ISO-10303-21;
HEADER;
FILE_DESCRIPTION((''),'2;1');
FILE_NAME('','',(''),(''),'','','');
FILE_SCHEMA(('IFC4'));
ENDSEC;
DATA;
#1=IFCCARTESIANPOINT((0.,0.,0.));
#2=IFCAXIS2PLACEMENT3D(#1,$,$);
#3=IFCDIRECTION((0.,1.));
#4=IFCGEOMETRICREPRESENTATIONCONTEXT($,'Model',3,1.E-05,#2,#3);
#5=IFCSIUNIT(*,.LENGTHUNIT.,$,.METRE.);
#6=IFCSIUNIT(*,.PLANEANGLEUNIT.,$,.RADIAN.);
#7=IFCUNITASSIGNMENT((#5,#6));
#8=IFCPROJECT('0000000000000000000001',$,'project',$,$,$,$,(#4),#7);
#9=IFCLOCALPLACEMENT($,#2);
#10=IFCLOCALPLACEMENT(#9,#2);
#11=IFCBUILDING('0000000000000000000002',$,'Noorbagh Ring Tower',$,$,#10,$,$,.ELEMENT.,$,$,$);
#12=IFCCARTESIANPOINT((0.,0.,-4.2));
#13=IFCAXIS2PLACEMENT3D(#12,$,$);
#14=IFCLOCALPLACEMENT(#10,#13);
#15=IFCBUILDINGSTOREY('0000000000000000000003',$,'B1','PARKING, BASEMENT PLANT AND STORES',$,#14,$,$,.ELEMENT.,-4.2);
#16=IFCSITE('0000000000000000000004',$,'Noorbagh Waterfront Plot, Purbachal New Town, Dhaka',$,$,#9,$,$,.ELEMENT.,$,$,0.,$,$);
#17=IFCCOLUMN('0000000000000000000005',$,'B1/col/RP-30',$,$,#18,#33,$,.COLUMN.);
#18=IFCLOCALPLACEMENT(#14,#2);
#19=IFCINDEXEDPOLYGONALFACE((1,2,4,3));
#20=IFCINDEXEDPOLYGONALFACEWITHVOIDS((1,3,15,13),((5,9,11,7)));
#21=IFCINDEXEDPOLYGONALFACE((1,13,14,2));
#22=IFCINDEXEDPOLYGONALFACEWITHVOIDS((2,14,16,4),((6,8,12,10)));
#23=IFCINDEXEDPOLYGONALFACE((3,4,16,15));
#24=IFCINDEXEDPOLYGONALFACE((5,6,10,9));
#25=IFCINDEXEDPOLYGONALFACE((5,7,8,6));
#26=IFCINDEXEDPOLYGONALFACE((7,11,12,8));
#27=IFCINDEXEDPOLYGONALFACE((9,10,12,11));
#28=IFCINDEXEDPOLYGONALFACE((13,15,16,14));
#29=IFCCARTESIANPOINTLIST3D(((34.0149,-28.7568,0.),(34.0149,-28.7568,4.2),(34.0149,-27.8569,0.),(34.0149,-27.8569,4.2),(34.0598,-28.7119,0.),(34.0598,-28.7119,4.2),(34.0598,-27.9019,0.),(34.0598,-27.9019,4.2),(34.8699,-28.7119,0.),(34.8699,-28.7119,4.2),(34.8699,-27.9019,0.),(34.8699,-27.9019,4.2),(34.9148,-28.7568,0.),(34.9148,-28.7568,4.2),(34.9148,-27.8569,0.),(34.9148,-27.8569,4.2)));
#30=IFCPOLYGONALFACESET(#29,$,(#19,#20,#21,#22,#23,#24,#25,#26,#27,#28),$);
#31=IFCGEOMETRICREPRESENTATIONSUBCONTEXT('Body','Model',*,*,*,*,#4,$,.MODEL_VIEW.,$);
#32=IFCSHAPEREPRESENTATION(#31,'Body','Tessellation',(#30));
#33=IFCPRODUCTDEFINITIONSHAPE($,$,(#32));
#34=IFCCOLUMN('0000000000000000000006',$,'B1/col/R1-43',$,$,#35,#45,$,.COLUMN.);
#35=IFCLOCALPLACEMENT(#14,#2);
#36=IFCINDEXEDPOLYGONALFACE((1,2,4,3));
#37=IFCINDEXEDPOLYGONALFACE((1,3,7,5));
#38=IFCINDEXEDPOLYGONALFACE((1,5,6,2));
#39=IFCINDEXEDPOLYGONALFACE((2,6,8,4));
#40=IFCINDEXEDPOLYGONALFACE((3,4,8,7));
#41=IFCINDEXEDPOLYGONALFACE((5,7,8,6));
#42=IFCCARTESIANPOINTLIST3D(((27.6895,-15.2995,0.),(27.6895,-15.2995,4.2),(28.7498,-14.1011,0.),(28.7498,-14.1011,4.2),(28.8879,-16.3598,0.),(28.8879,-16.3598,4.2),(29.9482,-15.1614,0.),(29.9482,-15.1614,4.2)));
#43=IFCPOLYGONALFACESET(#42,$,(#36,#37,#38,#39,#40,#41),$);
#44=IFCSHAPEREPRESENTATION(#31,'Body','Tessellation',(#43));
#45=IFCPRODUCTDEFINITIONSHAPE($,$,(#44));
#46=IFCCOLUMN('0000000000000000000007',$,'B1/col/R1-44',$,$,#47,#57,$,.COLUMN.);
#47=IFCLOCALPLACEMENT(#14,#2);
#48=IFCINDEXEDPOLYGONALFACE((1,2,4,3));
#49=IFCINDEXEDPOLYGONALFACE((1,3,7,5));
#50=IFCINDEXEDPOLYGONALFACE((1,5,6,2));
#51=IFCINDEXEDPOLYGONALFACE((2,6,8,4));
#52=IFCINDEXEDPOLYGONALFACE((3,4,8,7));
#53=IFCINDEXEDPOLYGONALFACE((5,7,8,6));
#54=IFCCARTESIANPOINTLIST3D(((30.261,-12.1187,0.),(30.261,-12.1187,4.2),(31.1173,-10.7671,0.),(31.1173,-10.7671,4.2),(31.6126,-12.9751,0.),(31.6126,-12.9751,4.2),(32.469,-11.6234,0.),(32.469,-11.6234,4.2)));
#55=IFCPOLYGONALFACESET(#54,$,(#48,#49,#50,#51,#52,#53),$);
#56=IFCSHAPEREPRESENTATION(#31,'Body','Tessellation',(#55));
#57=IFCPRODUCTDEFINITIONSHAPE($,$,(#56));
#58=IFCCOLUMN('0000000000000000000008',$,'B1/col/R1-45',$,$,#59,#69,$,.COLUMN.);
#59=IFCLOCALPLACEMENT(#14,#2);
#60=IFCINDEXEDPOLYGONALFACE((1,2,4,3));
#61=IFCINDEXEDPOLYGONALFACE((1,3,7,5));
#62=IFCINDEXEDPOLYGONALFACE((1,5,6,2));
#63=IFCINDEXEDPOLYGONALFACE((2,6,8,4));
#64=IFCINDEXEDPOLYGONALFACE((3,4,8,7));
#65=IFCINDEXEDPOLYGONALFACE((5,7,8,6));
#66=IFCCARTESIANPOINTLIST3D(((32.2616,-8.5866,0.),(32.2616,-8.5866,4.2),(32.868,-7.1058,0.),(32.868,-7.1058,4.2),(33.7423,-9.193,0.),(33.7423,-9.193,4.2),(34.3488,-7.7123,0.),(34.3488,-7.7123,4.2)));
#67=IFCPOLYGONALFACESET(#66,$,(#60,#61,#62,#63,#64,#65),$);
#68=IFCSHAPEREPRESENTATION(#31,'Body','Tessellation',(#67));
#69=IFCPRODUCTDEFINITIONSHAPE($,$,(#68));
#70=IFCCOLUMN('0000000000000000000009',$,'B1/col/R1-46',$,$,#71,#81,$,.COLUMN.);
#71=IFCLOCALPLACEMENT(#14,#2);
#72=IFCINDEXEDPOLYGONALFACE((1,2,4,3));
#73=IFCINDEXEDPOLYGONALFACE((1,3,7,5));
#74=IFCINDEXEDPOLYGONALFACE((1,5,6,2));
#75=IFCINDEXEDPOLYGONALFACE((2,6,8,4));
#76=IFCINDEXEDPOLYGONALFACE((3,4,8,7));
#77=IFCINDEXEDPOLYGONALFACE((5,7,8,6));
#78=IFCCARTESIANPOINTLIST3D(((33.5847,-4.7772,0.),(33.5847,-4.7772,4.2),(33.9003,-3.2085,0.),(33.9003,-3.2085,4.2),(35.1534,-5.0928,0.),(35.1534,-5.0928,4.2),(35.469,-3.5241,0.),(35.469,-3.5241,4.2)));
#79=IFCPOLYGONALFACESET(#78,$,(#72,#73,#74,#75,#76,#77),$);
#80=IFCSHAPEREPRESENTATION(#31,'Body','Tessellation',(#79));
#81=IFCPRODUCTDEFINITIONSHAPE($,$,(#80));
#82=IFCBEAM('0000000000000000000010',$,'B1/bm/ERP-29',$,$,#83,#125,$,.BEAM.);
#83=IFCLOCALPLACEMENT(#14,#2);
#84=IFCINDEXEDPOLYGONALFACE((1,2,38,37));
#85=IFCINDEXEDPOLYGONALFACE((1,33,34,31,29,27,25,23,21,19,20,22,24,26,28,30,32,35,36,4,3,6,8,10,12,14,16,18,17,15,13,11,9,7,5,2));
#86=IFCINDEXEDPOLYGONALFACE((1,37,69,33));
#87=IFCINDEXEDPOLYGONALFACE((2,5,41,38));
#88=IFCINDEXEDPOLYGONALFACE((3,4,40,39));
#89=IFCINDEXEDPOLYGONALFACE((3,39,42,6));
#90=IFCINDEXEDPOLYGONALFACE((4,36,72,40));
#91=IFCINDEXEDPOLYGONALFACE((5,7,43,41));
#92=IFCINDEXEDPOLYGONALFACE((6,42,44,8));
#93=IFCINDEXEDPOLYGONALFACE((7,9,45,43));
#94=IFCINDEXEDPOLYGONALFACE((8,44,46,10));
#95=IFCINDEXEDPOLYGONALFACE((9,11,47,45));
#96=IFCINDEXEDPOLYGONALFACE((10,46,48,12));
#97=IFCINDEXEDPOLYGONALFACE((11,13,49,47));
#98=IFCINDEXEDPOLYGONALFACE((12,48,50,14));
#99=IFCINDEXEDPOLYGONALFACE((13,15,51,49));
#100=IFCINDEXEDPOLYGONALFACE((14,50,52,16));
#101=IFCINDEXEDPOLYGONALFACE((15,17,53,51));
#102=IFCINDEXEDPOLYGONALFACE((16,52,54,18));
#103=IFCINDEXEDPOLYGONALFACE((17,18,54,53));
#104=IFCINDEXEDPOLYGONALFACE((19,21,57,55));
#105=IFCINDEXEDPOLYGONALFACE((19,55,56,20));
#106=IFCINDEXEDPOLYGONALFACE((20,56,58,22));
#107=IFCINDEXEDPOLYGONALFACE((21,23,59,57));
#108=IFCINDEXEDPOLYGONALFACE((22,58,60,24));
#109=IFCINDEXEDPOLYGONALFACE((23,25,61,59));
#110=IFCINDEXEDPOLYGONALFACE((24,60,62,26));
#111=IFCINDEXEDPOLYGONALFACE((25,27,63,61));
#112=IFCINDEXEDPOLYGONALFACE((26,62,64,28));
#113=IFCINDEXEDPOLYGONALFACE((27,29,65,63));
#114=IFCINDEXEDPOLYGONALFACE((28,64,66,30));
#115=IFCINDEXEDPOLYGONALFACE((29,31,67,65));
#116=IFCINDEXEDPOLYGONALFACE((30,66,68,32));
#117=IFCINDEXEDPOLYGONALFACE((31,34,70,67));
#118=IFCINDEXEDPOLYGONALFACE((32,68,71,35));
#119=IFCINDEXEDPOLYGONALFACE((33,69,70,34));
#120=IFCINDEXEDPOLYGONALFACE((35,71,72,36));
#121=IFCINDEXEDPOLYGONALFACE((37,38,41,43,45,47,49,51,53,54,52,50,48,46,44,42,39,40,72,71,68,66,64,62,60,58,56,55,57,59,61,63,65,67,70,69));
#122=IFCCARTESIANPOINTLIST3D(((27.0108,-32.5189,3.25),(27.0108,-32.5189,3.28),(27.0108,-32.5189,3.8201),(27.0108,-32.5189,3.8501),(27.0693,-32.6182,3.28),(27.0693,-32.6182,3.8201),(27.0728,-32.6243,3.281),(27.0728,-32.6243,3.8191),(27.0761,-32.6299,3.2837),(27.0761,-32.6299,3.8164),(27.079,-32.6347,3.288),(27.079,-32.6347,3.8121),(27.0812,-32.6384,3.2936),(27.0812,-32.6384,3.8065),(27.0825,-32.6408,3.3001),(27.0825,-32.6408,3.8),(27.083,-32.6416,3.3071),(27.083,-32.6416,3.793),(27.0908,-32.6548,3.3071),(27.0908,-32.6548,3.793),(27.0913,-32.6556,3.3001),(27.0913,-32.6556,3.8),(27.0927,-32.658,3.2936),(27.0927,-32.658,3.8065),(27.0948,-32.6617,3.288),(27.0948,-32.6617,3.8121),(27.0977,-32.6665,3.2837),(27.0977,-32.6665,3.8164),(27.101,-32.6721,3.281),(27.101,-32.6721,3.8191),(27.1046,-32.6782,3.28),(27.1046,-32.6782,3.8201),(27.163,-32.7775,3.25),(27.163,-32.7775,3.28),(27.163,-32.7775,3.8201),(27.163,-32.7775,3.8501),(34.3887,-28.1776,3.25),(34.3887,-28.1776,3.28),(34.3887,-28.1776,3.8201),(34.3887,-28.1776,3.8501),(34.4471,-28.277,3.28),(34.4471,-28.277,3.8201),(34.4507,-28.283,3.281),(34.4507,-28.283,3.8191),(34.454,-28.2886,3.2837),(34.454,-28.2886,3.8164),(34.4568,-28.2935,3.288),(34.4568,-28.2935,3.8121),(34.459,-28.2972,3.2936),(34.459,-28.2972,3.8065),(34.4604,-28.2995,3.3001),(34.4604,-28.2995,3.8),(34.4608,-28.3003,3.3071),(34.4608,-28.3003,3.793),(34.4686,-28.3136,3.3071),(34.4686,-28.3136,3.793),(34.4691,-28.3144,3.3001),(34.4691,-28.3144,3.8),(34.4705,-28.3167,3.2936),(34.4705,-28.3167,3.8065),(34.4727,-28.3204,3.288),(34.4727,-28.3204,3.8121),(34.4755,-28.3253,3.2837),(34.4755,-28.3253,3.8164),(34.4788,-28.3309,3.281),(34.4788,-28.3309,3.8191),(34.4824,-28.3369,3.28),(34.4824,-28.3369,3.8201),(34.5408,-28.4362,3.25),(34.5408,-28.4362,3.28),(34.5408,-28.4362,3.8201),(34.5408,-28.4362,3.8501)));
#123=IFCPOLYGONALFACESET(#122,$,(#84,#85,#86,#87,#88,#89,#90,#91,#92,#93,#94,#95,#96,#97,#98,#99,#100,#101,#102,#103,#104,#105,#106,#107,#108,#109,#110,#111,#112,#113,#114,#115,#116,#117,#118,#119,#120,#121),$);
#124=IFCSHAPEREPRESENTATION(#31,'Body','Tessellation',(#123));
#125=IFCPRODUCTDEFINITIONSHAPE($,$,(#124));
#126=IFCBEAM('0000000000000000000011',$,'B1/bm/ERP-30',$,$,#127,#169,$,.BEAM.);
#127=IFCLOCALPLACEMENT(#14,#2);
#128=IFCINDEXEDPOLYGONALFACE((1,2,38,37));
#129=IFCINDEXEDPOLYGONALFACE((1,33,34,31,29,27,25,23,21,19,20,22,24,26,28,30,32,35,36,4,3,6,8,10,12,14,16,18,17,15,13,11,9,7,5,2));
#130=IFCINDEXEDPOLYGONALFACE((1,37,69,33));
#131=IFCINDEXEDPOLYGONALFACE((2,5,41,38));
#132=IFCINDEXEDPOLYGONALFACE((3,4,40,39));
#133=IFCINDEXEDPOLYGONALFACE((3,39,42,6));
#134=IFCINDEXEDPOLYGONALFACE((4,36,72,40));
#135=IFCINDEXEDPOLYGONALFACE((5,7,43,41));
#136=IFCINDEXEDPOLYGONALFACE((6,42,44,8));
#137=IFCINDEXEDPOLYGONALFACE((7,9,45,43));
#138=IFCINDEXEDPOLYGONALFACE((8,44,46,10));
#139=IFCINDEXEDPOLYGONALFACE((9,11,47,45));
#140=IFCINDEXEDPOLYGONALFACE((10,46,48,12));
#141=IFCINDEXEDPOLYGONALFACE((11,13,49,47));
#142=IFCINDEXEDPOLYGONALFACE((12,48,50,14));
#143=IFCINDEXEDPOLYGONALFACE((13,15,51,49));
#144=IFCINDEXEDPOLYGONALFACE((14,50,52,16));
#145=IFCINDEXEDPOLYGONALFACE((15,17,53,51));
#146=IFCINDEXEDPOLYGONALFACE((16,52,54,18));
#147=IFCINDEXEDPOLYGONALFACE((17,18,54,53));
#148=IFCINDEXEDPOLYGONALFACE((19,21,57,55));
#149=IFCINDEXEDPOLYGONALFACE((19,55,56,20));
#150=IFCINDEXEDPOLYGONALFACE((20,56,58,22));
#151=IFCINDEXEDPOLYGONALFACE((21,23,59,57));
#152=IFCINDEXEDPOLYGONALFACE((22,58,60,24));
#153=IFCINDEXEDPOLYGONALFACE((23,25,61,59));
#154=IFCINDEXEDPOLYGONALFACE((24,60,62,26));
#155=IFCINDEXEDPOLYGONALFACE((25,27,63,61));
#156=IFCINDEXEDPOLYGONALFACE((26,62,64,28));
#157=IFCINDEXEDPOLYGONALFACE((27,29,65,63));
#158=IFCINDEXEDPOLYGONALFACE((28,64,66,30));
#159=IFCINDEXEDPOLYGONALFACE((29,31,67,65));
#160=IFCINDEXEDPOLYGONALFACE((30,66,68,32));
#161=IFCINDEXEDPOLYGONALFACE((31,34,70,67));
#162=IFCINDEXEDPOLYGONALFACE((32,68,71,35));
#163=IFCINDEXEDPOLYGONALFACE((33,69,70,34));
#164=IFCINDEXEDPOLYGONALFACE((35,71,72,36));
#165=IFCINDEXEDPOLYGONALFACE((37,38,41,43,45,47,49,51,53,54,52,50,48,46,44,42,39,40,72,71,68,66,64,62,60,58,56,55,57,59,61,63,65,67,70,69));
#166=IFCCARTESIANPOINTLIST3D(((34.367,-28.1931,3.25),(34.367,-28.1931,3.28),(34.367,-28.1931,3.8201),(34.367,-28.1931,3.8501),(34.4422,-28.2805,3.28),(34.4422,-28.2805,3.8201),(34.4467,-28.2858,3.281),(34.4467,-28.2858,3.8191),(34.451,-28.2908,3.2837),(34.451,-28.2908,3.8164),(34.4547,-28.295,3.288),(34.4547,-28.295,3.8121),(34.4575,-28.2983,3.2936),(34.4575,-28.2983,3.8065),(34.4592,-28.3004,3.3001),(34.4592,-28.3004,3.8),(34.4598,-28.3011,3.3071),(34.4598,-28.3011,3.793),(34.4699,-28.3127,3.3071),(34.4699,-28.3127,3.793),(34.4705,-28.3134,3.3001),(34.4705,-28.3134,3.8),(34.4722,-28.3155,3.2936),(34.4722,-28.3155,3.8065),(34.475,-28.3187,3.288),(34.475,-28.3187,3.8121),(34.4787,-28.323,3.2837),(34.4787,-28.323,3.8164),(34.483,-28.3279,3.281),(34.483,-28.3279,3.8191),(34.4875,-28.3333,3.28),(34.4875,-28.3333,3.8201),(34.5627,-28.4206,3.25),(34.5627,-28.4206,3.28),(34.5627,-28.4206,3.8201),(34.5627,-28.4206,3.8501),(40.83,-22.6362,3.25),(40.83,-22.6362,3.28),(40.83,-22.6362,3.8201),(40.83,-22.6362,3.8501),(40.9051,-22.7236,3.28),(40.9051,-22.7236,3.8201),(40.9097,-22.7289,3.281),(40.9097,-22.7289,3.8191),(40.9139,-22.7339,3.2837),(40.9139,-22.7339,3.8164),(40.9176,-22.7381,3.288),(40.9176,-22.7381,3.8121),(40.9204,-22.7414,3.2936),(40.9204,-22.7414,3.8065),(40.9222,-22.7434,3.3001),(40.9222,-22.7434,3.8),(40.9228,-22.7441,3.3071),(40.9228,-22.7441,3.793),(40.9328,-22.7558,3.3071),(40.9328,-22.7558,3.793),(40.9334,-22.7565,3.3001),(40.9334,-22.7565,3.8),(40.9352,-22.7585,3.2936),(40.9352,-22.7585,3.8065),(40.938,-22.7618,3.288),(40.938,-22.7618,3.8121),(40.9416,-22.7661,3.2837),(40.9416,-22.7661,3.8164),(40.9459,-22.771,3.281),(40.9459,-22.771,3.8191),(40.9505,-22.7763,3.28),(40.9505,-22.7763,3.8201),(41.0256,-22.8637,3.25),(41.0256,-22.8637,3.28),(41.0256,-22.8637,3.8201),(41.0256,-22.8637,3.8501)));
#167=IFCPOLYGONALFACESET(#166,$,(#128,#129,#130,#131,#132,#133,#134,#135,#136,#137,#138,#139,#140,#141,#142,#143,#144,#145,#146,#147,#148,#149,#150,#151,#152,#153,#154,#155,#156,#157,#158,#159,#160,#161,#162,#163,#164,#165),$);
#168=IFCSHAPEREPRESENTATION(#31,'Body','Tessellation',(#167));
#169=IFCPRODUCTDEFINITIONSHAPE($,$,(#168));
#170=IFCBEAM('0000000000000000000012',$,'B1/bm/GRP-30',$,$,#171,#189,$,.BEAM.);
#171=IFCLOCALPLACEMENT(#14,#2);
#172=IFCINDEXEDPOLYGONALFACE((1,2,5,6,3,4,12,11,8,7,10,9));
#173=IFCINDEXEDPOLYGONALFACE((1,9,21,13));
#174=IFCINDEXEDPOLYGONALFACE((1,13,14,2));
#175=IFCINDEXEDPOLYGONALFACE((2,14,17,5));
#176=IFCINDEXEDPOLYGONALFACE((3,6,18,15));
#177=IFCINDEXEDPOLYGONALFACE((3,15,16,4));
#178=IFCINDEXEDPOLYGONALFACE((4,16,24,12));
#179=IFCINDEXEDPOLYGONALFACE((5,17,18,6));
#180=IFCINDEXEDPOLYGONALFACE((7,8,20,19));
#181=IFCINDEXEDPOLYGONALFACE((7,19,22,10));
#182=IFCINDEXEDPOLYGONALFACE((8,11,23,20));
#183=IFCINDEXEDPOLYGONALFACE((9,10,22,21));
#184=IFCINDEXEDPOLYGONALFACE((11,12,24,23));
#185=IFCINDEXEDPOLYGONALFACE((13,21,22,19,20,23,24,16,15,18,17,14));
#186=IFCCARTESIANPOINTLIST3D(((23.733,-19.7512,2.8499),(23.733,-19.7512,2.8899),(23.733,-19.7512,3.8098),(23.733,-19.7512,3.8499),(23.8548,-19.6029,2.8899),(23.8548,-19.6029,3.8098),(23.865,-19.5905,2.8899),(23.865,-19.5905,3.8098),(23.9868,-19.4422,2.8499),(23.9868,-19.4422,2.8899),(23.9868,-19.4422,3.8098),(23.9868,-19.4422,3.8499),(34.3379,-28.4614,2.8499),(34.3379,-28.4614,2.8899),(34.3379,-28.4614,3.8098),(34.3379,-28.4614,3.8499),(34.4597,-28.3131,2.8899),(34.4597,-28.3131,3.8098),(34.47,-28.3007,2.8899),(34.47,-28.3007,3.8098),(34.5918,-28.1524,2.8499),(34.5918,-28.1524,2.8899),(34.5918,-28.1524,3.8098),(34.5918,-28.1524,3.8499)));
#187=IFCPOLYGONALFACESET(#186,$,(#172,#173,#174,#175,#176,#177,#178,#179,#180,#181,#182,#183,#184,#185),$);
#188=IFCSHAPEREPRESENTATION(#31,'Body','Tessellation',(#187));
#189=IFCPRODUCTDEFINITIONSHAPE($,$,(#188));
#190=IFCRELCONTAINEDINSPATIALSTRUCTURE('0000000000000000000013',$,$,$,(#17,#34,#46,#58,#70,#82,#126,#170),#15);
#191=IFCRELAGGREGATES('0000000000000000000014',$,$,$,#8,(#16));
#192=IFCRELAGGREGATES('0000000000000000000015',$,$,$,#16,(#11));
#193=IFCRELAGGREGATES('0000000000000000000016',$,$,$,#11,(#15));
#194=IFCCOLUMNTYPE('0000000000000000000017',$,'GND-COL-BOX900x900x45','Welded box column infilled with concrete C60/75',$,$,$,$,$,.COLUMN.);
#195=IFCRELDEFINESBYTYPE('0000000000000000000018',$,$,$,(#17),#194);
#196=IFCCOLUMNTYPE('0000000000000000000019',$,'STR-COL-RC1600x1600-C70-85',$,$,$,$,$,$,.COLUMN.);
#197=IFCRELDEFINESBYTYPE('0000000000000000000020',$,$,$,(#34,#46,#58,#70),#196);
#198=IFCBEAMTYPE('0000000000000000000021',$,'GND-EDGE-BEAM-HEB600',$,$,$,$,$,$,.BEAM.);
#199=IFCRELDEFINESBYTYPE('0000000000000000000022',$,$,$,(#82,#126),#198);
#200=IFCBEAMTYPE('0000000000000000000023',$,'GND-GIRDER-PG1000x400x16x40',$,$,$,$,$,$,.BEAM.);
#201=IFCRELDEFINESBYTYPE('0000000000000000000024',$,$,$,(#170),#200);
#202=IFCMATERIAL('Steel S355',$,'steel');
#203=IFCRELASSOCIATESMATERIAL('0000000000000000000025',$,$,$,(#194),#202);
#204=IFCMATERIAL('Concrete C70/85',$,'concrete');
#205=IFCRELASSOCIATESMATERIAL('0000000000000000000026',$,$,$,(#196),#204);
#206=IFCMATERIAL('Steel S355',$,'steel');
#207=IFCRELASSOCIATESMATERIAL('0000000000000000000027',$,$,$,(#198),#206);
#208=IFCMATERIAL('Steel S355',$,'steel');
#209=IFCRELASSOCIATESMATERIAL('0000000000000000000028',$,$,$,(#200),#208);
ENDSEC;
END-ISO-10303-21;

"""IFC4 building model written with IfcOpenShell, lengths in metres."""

from ifc_helpers import new_model, si_unit, direction, frame, origin, origin_2d, place, context, subcontext, project, spatial, rectangle, hollow_rectangle, i_section, extrude, material, material_profile, profile_set, type_object, element, save


model = new_model("IFC4")

# Units and contexts
model_context = context("Model", 3, precision=1e-05, world=origin(), true_north=direction((0.0, 1.0)))
body_context = subcontext(model_context, "Body", "Model", "MODEL_VIEW")
ifc_project = project(units=[si_unit("LENGTHUNIT", "METRE"), si_unit("PLANEANGLEUNIT", "RADIAN")], contexts=[model_context])

# Site, building, storey
site_placement = place(None, origin())
site = spatial("IfcSite", under=ifc_project, at=site_placement, Name="Noorbagh Waterfront Plot, Purbachal New Town, Dhaka", CompositionType="ELEMENT", RefElevation=0.0)
building_placement = place(site_placement, origin())
building = spatial("IfcBuilding", under=site, at=building_placement, Name="Noorbagh Ring Tower", CompositionType="ELEMENT")
storey_placement = place(building_placement, frame((0.0, 0.0, -4.2)))
storey = spatial("IfcBuildingStorey", under=building, at=storey_placement, Name="B1", Description="PARKING, BASEMENT PLANT AND STORES", CompositionType="ELEMENT", Elevation=-4.2)

# Columns
ifc_material_1 = material(Name="Steel S355", Category="steel")
ifc_material_profile_1 = material_profile(ifc_material_1, hollow_rectangle(XDim=0.8999, YDim=0.8999, WallThickness=0.0449, at=origin_2d()), Name="BOX900x900x45")
ifc_profile_set_1 = profile_set([ifc_material_profile_1], Name="Steel S355")
column_type_1 = type_object("IfcColumnType", Name="GND-COL-BOX900x900x45", Description="Welded box column infilled with concrete C60/75", PredefinedType="COLUMN", material=ifc_profile_set_1)
column_placement = place(storey_placement, frame((34.4648, -28.3069, 0.0), z_axis=(0.0, 0.0, 1.0), x_axis=(1.0, 0.0, 0.0)))
element("IfcColumn", 1, at=column_placement, inside=storey, type_object=column_type_1, Name="B1/col/RP-30", PredefinedType="COLUMN", context=body_context, shape_type="SweptSolid", body=[
    extrude(hollow_rectangle(XDim=0.8999, YDim=0.8999, WallThickness=0.0449, at=origin_2d()), origin(), (0.0, 0.0, 1.0), 4.2),
])
ifc_material_2 = material(Name="Concrete C70/85", Category="concrete")
ifc_material_profile_2 = material_profile(ifc_material_2, rectangle(XDim=1.6001, YDim=1.6001, at=origin_2d()), Name="RC1600x1600")
ifc_profile_set_2 = profile_set([ifc_material_profile_2], Name="Concrete C70/85")
column_type_2 = type_object("IfcColumnType", Name="STR-COL-RC1600x1600-C70-85", PredefinedType="COLUMN", material=ifc_profile_set_2)
for number, where, z_axis, x_axis, name in (
    (2, (28.8188, -15.2305, 0.0), (0.0, 0.0, 1.0), (0.662636, 0.748942, 0.0), "B1/col/R1-43"),
    (3, (31.365, -11.8711, 0.0), (0.0, 0.0, 1.0), (0.53519, 0.844731, 0.0), "B1/col/R1-44"),
    (4, (33.3052, -8.1494, 0.0), (0.0, 0.0, 1.0), (0.378989, 0.925401, 0.0), "B1/col/R1-45"),
    (5, (34.5269, -4.1506, 0.0), (0.0, 0.0, 1.0), (0.19723, 0.980357, 0.0), "B1/col/R1-46"),
):
    element("IfcColumn", number, at=place(storey_placement, frame(where, z_axis=z_axis, x_axis=x_axis)), inside=storey, type_object=column_type_2, Name=name, PredefinedType="COLUMN", context=body_context, shape_type="SweptSolid", body=[
        extrude(rectangle(XDim=1.6001, YDim=1.6001, at=origin_2d()), origin(), (0.0, 0.0, 1.0), 4.2),
    ])

# Beams
ifc_material_3 = material(Name="Steel S355", Category="steel")
ifc_material_profile_3 = material_profile(ifc_material_3, i_section(OverallWidth=0.3, OverallDepth=0.6001, WebThickness=0.0154, FlangeThickness=0.03, FilletRadius=0.0271, at=origin_2d()), Name="HEB600")
ifc_profile_set_3 = profile_set([ifc_material_profile_3], Name="Steel S355")
beam_type_1 = type_object("IfcBeamType", Name="GND-EDGE-BEAM-HEB600", PredefinedType="BEAM", material=ifc_profile_set_3)
beam_1_placement = place(storey_placement, frame((27.0869, -32.6482, 3.55), z_axis=(0.861865, 0.507137, 0.0), x_axis=(-0.507137, 0.861865, 0.0)))
element("IfcBeam", 6, at=beam_1_placement, inside=storey, type_object=beam_type_1, Name="B1/bm/ERP-29", PredefinedType="BEAM", context=body_context, shape_type="SweptSolid", body=[
    extrude(i_section(OverallWidth=0.3, OverallDepth=0.6001, WebThickness=0.0154, FlangeThickness=0.03, FilletRadius=0.0271, at=origin_2d()), origin(), (0.0, 0.0, 1.0), 8.5603),
])
beam_2_placement = place(storey_placement, frame((34.4648, -28.3069, 3.55), z_axis=(0.758255, 0.651958, 0.0), x_axis=(-0.651958, 0.758255, 0.0)))
element("IfcBeam", 7, at=beam_2_placement, inside=storey, type_object=beam_type_1, Name="B1/bm/ERP-30", PredefinedType="BEAM", context=body_context, shape_type="SweptSolid", body=[
    extrude(i_section(OverallWidth=0.3, OverallDepth=0.6001, WebThickness=0.0154, FlangeThickness=0.03, FilletRadius=0.0271, at=origin_2d()), origin(), (0.0, 0.0, 1.0), 8.5234),
])
ifc_material_4 = material(Name="Steel S355", Category="steel")
ifc_material_profile_4 = material_profile(ifc_material_4, i_section(OverallWidth=0.3999, OverallDepth=1.0, WebThickness=0.0161, FlangeThickness=0.04, at=origin_2d()), Name="PG1000x400x16x40")
ifc_profile_set_4 = profile_set([ifc_material_profile_4], Name="Steel S355")
beam_type_2 = type_object("IfcBeamType", Name="GND-GIRDER-PG1000x400x16x40", PredefinedType="BEAM", material=ifc_profile_set_4)
beam_3_placement = place(storey_placement, frame((34.4648, -28.3069, 3.3499), z_axis=(-0.772763, 0.634695, 0.0), x_axis=(-0.634695, -0.772763, 0.0)))
element("IfcBeam", 8, at=beam_3_placement, inside=storey, type_object=beam_type_2, Name="B1/bm/GRP-30", PredefinedType="BEAM", context=body_context, shape_type="SweptSolid", body=[
    extrude(i_section(OverallWidth=0.3999, OverallDepth=1.0, WebThickness=0.0161, FlangeThickness=0.04, at=origin_2d()), origin(), (0.0, 0.0, 1.0), 13.7234),
])

save(model, "model.ifc")
